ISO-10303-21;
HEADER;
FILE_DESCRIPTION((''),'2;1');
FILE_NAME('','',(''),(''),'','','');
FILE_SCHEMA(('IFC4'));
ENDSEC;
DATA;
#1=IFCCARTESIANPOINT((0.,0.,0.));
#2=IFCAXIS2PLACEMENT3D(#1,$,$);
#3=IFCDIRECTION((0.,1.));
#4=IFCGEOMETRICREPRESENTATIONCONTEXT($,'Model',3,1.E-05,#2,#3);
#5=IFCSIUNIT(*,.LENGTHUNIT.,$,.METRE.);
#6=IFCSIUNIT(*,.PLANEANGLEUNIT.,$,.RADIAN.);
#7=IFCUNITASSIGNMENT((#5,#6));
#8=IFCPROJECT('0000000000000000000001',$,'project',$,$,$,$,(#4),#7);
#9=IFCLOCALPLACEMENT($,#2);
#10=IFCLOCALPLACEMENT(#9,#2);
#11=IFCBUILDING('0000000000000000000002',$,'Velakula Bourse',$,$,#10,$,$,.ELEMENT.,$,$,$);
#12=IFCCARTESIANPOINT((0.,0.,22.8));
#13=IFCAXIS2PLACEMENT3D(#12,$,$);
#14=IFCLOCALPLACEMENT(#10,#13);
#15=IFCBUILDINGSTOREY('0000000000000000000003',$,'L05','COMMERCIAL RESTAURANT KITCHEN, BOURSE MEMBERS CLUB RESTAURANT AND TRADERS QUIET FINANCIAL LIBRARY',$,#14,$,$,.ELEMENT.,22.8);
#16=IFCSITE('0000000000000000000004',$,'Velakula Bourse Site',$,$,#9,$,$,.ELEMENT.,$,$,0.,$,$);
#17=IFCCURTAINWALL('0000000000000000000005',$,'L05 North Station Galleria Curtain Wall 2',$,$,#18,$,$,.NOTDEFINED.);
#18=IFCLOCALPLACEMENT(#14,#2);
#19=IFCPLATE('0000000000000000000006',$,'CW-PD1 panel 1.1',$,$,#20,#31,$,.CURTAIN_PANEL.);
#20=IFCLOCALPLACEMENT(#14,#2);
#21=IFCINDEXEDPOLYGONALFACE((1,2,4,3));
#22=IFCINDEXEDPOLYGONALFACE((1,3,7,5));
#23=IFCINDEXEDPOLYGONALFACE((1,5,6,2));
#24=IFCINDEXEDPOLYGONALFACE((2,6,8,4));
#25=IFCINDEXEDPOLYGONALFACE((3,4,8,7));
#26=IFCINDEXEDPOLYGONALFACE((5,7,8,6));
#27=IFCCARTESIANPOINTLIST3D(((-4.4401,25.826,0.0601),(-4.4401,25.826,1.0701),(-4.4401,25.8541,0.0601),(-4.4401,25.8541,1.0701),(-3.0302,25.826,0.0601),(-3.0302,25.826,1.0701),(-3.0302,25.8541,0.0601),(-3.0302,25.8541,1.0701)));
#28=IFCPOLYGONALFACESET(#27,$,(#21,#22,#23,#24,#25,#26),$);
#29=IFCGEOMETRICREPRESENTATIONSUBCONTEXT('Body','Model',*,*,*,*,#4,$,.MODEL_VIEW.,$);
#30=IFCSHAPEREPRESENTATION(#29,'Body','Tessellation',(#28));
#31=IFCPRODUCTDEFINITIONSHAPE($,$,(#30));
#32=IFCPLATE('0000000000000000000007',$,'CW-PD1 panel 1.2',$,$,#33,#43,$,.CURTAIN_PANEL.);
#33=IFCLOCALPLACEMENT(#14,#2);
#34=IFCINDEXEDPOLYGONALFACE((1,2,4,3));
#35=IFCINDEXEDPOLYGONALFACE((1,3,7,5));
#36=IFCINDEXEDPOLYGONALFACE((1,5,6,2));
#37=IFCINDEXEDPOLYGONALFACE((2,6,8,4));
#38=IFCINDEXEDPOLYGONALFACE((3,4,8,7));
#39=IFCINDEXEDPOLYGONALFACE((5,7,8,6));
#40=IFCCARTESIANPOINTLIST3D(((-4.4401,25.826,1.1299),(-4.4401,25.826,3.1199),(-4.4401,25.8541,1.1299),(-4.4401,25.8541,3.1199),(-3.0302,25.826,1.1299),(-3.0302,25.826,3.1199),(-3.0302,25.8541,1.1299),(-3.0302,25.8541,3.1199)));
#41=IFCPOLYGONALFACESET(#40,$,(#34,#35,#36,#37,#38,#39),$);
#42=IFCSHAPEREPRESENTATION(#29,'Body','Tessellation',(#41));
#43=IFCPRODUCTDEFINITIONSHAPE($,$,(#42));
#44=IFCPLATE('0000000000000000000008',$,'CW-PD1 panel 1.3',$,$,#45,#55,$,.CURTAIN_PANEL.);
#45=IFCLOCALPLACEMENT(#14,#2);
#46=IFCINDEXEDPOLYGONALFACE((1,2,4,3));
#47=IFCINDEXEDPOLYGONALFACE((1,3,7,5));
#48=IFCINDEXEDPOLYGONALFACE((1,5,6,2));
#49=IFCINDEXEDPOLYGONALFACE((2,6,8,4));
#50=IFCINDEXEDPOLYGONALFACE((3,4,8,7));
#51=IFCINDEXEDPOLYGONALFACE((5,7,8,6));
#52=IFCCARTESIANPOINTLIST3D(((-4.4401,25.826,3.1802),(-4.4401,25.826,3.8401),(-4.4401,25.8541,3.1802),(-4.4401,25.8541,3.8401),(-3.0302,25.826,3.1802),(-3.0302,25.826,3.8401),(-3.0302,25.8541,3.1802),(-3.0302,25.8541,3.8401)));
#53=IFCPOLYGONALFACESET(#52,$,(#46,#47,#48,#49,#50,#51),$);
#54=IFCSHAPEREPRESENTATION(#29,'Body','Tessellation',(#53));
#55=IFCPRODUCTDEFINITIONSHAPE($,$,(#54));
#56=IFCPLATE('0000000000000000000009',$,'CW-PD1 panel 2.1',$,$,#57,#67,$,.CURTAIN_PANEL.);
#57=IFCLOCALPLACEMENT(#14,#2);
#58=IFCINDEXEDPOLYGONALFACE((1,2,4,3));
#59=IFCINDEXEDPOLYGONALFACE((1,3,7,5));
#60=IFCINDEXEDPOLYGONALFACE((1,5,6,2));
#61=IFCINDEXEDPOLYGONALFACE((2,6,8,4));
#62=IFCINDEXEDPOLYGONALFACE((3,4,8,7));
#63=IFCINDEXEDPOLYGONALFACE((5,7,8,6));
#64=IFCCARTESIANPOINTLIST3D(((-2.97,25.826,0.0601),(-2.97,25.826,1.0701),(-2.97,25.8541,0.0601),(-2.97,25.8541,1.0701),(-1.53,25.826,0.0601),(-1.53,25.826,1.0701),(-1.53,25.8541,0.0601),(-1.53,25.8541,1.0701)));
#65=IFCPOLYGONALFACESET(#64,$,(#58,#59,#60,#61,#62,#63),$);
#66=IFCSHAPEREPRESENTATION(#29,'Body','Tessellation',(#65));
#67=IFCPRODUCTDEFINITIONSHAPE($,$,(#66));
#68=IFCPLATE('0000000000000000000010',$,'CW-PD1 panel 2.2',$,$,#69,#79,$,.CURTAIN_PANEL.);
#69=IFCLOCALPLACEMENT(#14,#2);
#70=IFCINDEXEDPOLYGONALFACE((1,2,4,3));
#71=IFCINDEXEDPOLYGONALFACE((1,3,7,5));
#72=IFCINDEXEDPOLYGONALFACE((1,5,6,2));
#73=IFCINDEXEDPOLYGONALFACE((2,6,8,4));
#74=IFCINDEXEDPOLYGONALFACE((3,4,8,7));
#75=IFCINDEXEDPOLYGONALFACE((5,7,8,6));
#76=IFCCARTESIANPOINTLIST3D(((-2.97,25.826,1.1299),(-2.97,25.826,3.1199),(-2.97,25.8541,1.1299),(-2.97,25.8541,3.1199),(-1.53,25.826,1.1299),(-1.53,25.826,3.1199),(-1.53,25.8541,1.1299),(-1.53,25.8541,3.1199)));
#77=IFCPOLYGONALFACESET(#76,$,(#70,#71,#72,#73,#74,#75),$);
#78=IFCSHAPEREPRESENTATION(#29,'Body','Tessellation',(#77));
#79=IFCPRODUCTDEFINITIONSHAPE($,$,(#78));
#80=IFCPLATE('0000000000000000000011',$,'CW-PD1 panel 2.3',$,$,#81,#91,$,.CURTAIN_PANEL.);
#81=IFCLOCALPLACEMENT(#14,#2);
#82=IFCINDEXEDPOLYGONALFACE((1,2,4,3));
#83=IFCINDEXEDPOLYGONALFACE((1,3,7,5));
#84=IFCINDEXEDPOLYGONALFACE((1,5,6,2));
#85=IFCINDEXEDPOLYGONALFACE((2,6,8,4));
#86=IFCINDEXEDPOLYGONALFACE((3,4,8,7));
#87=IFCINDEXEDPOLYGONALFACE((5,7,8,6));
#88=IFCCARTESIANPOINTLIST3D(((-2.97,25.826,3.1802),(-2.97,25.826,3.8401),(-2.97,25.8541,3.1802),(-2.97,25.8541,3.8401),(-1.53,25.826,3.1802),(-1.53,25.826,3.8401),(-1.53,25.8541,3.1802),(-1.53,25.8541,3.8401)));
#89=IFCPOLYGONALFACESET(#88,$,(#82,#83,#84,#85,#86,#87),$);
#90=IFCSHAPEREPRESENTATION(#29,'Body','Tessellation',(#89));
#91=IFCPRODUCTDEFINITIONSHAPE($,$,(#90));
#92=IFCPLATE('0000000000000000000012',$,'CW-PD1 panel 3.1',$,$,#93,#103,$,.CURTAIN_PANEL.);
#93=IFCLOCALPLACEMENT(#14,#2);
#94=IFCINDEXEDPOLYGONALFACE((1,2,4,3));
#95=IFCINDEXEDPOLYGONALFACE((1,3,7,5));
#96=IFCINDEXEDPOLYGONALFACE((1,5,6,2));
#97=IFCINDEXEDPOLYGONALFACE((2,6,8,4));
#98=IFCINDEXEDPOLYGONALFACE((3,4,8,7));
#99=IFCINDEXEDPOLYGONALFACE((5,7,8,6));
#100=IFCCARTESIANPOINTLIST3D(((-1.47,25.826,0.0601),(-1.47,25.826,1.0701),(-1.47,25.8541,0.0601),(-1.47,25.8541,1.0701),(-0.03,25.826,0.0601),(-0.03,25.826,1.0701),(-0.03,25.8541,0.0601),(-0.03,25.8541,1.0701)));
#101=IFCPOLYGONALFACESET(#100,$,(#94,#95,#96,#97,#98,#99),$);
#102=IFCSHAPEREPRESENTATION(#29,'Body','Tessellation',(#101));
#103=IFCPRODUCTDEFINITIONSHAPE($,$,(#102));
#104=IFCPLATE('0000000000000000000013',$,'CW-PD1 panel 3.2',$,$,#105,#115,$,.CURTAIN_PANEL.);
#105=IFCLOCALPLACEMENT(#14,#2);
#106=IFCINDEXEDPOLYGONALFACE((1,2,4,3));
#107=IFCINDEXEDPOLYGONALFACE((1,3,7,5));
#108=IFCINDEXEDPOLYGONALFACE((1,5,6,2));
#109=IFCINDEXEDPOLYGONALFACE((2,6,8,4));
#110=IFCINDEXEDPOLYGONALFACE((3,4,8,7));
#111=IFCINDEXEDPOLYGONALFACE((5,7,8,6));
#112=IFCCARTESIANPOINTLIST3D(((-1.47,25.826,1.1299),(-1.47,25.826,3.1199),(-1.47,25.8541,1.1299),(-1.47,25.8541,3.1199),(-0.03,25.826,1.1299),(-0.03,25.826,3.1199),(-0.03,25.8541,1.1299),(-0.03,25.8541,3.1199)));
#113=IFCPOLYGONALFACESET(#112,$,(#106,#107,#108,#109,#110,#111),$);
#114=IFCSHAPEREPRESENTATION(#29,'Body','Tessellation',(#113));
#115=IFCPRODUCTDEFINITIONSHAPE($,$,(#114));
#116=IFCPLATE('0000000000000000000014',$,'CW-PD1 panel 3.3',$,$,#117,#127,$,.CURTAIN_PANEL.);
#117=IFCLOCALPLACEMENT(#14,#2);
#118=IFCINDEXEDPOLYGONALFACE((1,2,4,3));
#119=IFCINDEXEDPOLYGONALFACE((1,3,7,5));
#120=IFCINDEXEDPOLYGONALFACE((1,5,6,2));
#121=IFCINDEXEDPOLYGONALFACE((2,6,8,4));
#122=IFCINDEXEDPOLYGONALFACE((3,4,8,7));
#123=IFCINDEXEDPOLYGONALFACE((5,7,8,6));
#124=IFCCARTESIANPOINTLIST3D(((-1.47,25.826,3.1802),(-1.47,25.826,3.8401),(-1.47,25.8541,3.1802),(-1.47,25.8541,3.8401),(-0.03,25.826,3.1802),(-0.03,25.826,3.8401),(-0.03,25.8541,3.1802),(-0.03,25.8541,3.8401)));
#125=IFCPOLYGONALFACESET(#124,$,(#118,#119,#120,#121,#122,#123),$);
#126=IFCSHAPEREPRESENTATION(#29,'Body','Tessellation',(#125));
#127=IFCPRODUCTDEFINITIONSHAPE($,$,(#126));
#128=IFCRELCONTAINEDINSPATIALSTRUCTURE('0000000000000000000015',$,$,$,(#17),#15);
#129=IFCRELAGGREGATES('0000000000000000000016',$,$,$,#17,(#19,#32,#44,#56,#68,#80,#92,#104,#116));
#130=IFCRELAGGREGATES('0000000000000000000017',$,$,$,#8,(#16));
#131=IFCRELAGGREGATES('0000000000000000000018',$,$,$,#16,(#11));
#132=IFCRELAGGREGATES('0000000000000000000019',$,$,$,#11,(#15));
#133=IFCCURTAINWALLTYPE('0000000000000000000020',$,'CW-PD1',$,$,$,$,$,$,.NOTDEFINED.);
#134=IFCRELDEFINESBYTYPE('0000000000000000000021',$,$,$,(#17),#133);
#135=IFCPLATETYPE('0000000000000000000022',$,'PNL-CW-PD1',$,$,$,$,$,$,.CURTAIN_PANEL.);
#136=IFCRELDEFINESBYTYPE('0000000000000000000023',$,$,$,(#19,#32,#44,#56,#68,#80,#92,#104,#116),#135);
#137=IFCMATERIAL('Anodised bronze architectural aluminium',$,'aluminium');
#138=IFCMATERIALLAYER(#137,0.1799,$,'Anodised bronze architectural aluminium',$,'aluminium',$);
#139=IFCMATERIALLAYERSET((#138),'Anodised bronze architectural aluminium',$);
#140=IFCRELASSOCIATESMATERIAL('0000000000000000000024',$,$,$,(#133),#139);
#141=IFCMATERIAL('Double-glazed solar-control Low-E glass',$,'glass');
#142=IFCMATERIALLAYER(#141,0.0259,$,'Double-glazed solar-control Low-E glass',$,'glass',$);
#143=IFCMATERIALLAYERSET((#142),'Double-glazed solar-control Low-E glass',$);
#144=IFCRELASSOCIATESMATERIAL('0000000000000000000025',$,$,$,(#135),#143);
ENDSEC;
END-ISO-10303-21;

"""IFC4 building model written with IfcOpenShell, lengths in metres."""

from ifc_helpers import new_model, si_unit, direction, frame, origin, origin_2d, place, context, subcontext, project, spatial, rectangle, extrude, material, layer, layer_set, type_object, element, aggregate, save


model = new_model("IFC4")

# Units and contexts
model_context = context("Model", 3, precision=1e-05, world=origin(), true_north=direction((0.0, 1.0)))
body_context = subcontext(model_context, "Body", "Model", "MODEL_VIEW")
ifc_project = project(units=[si_unit("LENGTHUNIT", "METRE"), si_unit("PLANEANGLEUNIT", "RADIAN")], contexts=[model_context])

# Site, building, storey
site_placement = place(None, origin())
site = spatial("IfcSite", under=ifc_project, at=site_placement, Name="Velakula Bourse Site", CompositionType="ELEMENT", RefElevation=0.0)
building_placement = place(site_placement, origin())
building = spatial("IfcBuilding", under=site, at=building_placement, Name="Velakula Bourse", CompositionType="ELEMENT")
storey_placement = place(building_placement, frame((0.0, 0.0, 22.8)))
storey = spatial("IfcBuildingStorey", under=building, at=storey_placement, Name="L05", Description="COMMERCIAL RESTAURANT KITCHEN, BOURSE MEMBERS CLUB RESTAURANT AND TRADERS QUIET FINANCIAL LIBRARY", CompositionType="ELEMENT", Elevation=22.8)

# Curtain wall, plates
ifc_material_1 = material(Name="Anodised bronze architectural aluminium", Category="aluminium")
ifc_layer_1 = layer(ifc_material_1, 0.1799, Name="Anodised bronze architectural aluminium", Category="aluminium")
ifc_layer_set_1 = layer_set([ifc_layer_1], Name="Anodised bronze architectural aluminium")
curtain_wall_type = type_object("IfcCurtainWallType", Name="CW-PD1", PredefinedType="NOTDEFINED", material=ifc_layer_set_1)
curtain_wall_placement = place(storey_placement, origin())
curtain_wall = element("IfcCurtainWall", 1, at=curtain_wall_placement, inside=storey, type_object=curtain_wall_type, Name="L05 North Station Galleria Curtain Wall 2", PredefinedType="NOTDEFINED")
ifc_material_2 = material(Name="Double-glazed solar-control Low-E glass", Category="glass")
ifc_layer_2 = layer(ifc_material_2, 0.0259, Name="Double-glazed solar-control Low-E glass", Category="glass")
ifc_layer_set_2 = layer_set([ifc_layer_2], Name="Double-glazed solar-control Low-E glass")
plate_type = type_object("IfcPlateType", Name="PNL-CW-PD1", PredefinedType="CURTAIN_PANEL", material=ifc_layer_set_2)
plate_1_placement = place(storey_placement, frame((-3.7351, 25.8401, 0.0601), z_axis=(0.0, 0.0, 1.0), x_axis=(1.0, 0.0, 0.0)))
plate_1 = element("IfcPlate", 2, at=plate_1_placement, type_object=plate_type, Name="CW-PD1 panel 1.1", PredefinedType="CURTAIN_PANEL", context=body_context, shape_type="SweptSolid", body=[
    extrude(rectangle(XDim=1.4099, YDim=0.0281, at=origin_2d()), origin(), (0.0, 0.0, 1.0), 1.01),
])
plate_2_placement = place(storey_placement, frame((-3.7351, 25.8401, 1.1299), z_axis=(0.0, 0.0, 1.0), x_axis=(1.0, 0.0, 0.0)))
plate_2 = element("IfcPlate", 3, at=plate_2_placement, type_object=plate_type, Name="CW-PD1 panel 1.2", PredefinedType="CURTAIN_PANEL", context=body_context, shape_type="SweptSolid", body=[
    extrude(rectangle(XDim=1.4099, YDim=0.0281, at=origin_2d()), origin(), (0.0, 0.0, 1.0), 1.99),
])
plate_3_placement = place(storey_placement, frame((-3.7351, 25.8401, 3.1802), z_axis=(0.0, 0.0, 1.0), x_axis=(1.0, 0.0, 0.0)))
plate_3 = element("IfcPlate", 4, at=plate_3_placement, type_object=plate_type, Name="CW-PD1 panel 1.3", PredefinedType="CURTAIN_PANEL", context=body_context, shape_type="SweptSolid", body=[
    extrude(rectangle(XDim=1.4099, YDim=0.0281, at=origin_2d()), origin(), (0.0, 0.0, 1.0), 0.6599),
])
plate_4_placement = place(storey_placement, frame((-2.25, 25.8401, 0.0601), z_axis=(0.0, 0.0, 1.0), x_axis=(1.0, 0.0, 0.0)))
plate_4 = element("IfcPlate", 5, at=plate_4_placement, type_object=plate_type, Name="CW-PD1 panel 2.1", PredefinedType="CURTAIN_PANEL", context=body_context, shape_type="SweptSolid", body=[
    extrude(rectangle(XDim=1.4399, YDim=0.0281, at=origin_2d()), origin(), (0.0, 0.0, 1.0), 1.01),
])
plate_5_placement = place(storey_placement, frame((-2.25, 25.8401, 1.1299), z_axis=(0.0, 0.0, 1.0), x_axis=(1.0, 0.0, 0.0)))
plate_5 = element("IfcPlate", 6, at=plate_5_placement, type_object=plate_type, Name="CW-PD1 panel 2.2", PredefinedType="CURTAIN_PANEL", context=body_context, shape_type="SweptSolid", body=[
    extrude(rectangle(XDim=1.4399, YDim=0.0281, at=origin_2d()), origin(), (0.0, 0.0, 1.0), 1.99),
])
plate_6_placement = place(storey_placement, frame((-2.25, 25.8401, 3.1802), z_axis=(0.0, 0.0, 1.0), x_axis=(1.0, 0.0, 0.0)))
plate_6 = element("IfcPlate", 7, at=plate_6_placement, type_object=plate_type, Name="CW-PD1 panel 2.3", PredefinedType="CURTAIN_PANEL", context=body_context, shape_type="SweptSolid", body=[
    extrude(rectangle(XDim=1.4399, YDim=0.0281, at=origin_2d()), origin(), (0.0, 0.0, 1.0), 0.6599),
])
plate_7_placement = place(storey_placement, frame((-0.75, 25.8401, 0.0601), z_axis=(0.0, 0.0, 1.0), x_axis=(1.0, 0.0, 0.0)))
plate_7 = element("IfcPlate", 8, at=plate_7_placement, type_object=plate_type, Name="CW-PD1 panel 3.1", PredefinedType="CURTAIN_PANEL", context=body_context, shape_type="SweptSolid", body=[
    extrude(rectangle(XDim=1.4399, YDim=0.0281, at=origin_2d()), origin(), (0.0, 0.0, 1.0), 1.01),
])
plate_8_placement = place(storey_placement, frame((-0.75, 25.8401, 1.1299), z_axis=(0.0, 0.0, 1.0), x_axis=(1.0, 0.0, 0.0)))
plate_8 = element("IfcPlate", 9, at=plate_8_placement, type_object=plate_type, Name="CW-PD1 panel 3.2", PredefinedType="CURTAIN_PANEL", context=body_context, shape_type="SweptSolid", body=[
    extrude(rectangle(XDim=1.4399, YDim=0.0281, at=origin_2d()), origin(), (0.0, 0.0, 1.0), 1.99),
])
plate_9_placement = place(storey_placement, frame((-0.75, 25.8401, 3.1802), z_axis=(0.0, 0.0, 1.0), x_axis=(1.0, 0.0, 0.0)))
plate_9 = element("IfcPlate", 10, at=plate_9_placement, type_object=plate_type, Name="CW-PD1 panel 3.3", PredefinedType="CURTAIN_PANEL", context=body_context, shape_type="SweptSolid", body=[
    extrude(rectangle(XDim=1.4399, YDim=0.0281, at=origin_2d()), origin(), (0.0, 0.0, 1.0), 0.6599),
])
aggregate(curtain_wall, [plate_1, plate_2, plate_3, plate_4, plate_5, plate_6, plate_7, plate_8, plate_9])

save(model, "model.ifc")
